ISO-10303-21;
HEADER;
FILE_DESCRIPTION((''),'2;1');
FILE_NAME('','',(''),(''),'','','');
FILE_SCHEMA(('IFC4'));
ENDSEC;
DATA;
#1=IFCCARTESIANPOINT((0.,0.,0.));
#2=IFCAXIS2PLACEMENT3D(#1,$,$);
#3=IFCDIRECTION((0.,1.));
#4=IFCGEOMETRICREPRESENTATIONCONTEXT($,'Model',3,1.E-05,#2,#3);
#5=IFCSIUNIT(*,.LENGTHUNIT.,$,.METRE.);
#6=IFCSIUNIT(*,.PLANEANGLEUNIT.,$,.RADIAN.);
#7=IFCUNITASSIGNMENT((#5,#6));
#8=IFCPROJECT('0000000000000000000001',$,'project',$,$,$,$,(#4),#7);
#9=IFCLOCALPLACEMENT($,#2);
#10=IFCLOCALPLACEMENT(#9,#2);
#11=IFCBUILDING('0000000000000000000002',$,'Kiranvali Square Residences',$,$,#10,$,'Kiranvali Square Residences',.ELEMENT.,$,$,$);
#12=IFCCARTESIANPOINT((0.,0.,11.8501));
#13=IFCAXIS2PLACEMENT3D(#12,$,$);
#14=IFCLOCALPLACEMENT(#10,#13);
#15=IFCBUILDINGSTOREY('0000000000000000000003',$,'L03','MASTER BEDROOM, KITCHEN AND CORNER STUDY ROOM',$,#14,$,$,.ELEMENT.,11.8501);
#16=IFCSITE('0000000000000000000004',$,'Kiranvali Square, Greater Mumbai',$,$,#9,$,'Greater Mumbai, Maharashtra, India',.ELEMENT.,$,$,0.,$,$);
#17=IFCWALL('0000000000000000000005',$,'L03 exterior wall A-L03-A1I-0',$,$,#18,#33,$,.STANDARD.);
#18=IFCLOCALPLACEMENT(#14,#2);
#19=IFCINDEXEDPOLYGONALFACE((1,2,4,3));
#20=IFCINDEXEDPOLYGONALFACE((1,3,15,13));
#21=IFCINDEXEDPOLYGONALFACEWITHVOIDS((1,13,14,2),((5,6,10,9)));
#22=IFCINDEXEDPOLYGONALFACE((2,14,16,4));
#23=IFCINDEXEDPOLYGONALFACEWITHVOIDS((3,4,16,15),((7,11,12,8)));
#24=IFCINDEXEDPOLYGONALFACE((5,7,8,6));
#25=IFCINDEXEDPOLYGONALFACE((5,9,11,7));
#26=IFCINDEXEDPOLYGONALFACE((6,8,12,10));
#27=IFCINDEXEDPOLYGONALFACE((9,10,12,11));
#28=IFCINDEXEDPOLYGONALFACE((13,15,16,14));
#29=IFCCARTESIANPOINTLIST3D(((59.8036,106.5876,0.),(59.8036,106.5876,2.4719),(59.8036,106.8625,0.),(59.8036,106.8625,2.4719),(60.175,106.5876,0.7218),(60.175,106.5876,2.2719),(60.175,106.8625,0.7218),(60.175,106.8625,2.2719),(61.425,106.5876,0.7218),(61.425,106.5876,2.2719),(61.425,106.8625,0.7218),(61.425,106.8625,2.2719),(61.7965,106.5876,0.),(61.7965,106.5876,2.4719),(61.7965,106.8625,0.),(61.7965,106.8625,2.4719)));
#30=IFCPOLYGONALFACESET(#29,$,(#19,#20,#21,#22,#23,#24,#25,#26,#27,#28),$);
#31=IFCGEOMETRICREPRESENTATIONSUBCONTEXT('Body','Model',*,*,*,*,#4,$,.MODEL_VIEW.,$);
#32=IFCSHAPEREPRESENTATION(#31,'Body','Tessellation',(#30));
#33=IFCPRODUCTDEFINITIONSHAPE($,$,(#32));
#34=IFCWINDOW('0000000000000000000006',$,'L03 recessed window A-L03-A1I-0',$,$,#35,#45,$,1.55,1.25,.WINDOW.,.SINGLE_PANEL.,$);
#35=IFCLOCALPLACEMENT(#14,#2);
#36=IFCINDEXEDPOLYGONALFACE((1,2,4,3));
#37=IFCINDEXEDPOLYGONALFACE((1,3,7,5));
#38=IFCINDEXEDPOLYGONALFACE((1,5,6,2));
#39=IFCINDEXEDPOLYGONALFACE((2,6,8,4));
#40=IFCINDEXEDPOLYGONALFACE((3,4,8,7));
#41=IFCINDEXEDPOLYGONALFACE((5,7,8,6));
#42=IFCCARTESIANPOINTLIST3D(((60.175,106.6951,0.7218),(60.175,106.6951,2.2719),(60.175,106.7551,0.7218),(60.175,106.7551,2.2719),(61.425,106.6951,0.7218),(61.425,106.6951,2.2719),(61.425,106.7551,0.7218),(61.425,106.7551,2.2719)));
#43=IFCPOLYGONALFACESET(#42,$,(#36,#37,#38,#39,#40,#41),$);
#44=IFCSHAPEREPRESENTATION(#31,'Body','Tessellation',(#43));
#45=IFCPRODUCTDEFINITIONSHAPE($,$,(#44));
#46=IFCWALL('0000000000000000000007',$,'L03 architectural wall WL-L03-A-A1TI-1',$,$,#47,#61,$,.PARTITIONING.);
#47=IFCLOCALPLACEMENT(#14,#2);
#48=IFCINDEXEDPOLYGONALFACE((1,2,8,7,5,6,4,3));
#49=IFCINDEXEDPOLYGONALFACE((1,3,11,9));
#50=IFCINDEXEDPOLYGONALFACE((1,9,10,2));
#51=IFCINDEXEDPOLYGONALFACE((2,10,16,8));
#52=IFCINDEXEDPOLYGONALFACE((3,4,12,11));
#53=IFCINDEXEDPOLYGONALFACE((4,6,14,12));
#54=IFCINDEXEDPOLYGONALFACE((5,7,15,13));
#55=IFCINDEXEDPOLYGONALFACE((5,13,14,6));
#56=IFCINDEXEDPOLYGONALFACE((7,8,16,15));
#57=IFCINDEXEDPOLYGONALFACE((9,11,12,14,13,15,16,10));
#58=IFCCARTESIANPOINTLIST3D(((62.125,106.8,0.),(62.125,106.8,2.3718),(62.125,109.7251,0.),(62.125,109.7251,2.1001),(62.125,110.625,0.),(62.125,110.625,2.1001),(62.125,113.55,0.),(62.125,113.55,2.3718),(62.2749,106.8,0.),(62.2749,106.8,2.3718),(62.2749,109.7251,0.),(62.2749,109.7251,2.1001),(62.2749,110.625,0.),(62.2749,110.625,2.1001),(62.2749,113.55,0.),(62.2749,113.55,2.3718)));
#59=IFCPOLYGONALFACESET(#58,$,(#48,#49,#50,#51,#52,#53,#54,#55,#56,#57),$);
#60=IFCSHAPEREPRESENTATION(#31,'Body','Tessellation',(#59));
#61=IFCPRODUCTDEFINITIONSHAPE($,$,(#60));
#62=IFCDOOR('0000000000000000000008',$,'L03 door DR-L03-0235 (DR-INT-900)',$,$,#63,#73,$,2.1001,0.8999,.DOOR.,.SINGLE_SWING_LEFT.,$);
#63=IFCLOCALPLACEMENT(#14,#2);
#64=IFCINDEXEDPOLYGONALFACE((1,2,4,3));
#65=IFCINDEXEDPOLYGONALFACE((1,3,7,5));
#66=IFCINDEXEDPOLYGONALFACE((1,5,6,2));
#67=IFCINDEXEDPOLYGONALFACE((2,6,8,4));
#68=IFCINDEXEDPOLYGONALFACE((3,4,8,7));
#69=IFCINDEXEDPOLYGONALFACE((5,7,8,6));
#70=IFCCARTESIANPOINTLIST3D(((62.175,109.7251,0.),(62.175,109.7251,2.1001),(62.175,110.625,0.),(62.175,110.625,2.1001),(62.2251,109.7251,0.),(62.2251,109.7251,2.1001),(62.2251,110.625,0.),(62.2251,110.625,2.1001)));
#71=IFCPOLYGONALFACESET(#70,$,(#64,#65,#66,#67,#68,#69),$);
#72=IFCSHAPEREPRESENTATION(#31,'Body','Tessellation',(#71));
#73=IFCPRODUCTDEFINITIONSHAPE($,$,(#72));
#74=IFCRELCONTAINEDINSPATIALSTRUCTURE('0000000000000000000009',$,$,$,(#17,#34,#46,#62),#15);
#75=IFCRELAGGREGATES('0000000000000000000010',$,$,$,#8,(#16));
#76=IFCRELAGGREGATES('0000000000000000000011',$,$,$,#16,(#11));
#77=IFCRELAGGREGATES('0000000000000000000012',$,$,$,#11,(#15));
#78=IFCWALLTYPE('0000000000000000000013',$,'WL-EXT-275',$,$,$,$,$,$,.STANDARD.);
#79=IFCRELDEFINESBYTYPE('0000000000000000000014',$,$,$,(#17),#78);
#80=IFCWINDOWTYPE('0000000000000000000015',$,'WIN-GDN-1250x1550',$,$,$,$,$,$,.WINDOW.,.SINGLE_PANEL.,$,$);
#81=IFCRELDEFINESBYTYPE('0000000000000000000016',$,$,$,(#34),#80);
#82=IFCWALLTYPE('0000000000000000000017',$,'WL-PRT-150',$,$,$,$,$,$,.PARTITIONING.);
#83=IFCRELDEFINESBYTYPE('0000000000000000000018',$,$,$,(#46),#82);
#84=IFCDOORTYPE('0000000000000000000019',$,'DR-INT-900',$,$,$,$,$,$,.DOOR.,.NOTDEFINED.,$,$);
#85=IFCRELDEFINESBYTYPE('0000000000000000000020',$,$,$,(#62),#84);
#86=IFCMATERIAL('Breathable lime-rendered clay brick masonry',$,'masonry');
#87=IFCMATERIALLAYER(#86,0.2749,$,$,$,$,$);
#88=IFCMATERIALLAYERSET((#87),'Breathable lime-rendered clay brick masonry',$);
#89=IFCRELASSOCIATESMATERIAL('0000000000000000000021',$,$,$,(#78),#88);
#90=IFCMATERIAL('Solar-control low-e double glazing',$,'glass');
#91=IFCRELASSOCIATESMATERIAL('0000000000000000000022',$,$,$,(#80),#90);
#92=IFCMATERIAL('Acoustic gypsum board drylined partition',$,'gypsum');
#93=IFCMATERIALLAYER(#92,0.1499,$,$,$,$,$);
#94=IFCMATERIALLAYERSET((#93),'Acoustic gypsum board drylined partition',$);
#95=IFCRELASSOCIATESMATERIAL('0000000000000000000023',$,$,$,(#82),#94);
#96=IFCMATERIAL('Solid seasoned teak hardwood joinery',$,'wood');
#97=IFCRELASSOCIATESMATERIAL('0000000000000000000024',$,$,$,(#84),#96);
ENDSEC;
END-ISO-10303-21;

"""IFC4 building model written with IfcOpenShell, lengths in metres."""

from ifc_helpers import new_model, si_unit, direction, frame, frame_2d, origin, place, context, subcontext, project, spatial, rectangle, extrude, material, layer, layer_set, type_object, element, fill, save


model = new_model("IFC4")

# Units and contexts
model_context = context("Model", 3, precision=1e-05, world=origin(), true_north=direction((0.0, 1.0)))
body_context = subcontext(model_context, "Body", "Model", "MODEL_VIEW")
ifc_project = project(units=[si_unit("LENGTHUNIT", "METRE"), si_unit("PLANEANGLEUNIT", "RADIAN")], contexts=[model_context])

# Site, building, storey
site_placement = place(None, origin())
site = spatial("IfcSite", under=ifc_project, at=site_placement, Name="Kiranvali Square, Greater Mumbai", LongName="Greater Mumbai, Maharashtra, India", CompositionType="ELEMENT", RefElevation=0.0)
building_placement = place(site_placement, origin())
building = spatial("IfcBuilding", under=site, at=building_placement, Name="Kiranvali Square Residences", LongName="Kiranvali Square Residences", CompositionType="ELEMENT")
storey_placement = place(building_placement, frame((0.0, 0.0, 11.8501)))
storey = spatial("IfcBuildingStorey", under=building, at=storey_placement, Name="L03", Description="MASTER BEDROOM, KITCHEN AND CORNER STUDY ROOM", CompositionType="ELEMENT", Elevation=11.8501)

# Wall, opening, window
ifc_material_1 = material(Name="Breathable lime-rendered clay brick masonry", Category="masonry")
ifc_layer_1 = layer(ifc_material_1, 0.2749)
ifc_layer_set_1 = layer_set([ifc_layer_1], Name="Breathable lime-rendered clay brick masonry")
wall_type_1 = type_object("IfcWallType", Name="WL-EXT-275", PredefinedType="STANDARD", material=ifc_layer_set_1)
wall_1_placement = place(storey_placement, frame((59.8035, 106.7251, 0.0), z_axis=(0.0, 0.0, 1.0), x_axis=(1.0, 0.0, 0.0)))
wall_1 = element("IfcWall", 1, at=wall_1_placement, inside=storey, type_object=wall_type_1, Name="L03 exterior wall A-L03-A1I-0", PredefinedType="STANDARD", context=body_context, shape_type="SweptSolid", body=[
    extrude(rectangle(XDim=1.9929, YDim=0.2749, at=frame_2d((0.9966, 0.0))), origin(), (0.0, 0.0, 1.0), 2.4719),
])
opening_1_placement = place(wall_1_placement, frame((0.3716, 0.0, 0.7219)))
opening_1 = element("IfcOpeningElement", 2, at=opening_1_placement, cuts=wall_1, PredefinedType="OPENING", context=body_context, shape_type="SweptSolid", body=[
    extrude(rectangle(XDim=1.25, YDim=1.55, at=frame_2d((0.625, 0.7749))), frame((0.0, 0.1475, 0.0), z_axis=(0.0, -1.0, 0.0), x_axis=(1.0, 0.0, 0.0)), (0.0, 0.0, 1.0), 0.2949),
])
ifc_material_2 = material(Name="Solar-control low-e double glazing", Category="glass")
window_type = type_object("IfcWindowType", Name="WIN-GDN-1250x1550", PartitioningType="SINGLE_PANEL", PredefinedType="WINDOW", material=ifc_material_2)
window_placement = place(opening_1_placement, origin())
window = element("IfcWindow", 3, at=window_placement, inside=storey, type_object=window_type, Name="L03 recessed window A-L03-A1I-0", OverallHeight=1.55, OverallWidth=1.25, PartitioningType="SINGLE_PANEL", PredefinedType="WINDOW", context=body_context, shape_type="SweptSolid", body=[
    extrude(rectangle(XDim=1.25, YDim=1.55, at=frame_2d((0.625, 0.7749))), frame((0.0, 0.03, 0.0), z_axis=(0.0, -1.0, 0.0), x_axis=(1.0, 0.0, 0.0)), (0.0, 0.0, 1.0), 0.0601),
])
fill(opening_1, window)

# Wall, opening, door
ifc_material_3 = material(Name="Acoustic gypsum board drylined partition", Category="gypsum")
ifc_layer_2 = layer(ifc_material_3, 0.1499)
ifc_layer_set_2 = layer_set([ifc_layer_2], Name="Acoustic gypsum board drylined partition")
wall_type_2 = type_object("IfcWallType", Name="WL-PRT-150", PredefinedType="PARTITIONING", material=ifc_layer_set_2)
wall_2_placement = place(storey_placement, frame((62.2, 106.8, 0.0), z_axis=(0.0, 0.0, 1.0), x_axis=(0.0, 1.0, 0.0)))
wall_2 = element("IfcWall", 4, at=wall_2_placement, inside=storey, type_object=wall_type_2, Name="L03 architectural wall WL-L03-A-A1TI-1", PredefinedType="PARTITIONING", context=body_context, shape_type="SweptSolid", body=[
    extrude(rectangle(XDim=6.75, YDim=0.1499, at=frame_2d((3.375, 0.0))), origin(), (0.0, 0.0, 1.0), 2.3718),
])
opening_2_placement = place(wall_2_placement, frame((2.925, 0.0, 0.0)))
opening_2 = element("IfcOpeningElement", 5, at=opening_2_placement, cuts=wall_2, PredefinedType="OPENING", context=body_context, shape_type="SweptSolid", body=[
    extrude(rectangle(XDim=0.8999, YDim=2.1001, at=frame_2d((0.45, 1.05))), frame((0.0, 0.085, 0.0), z_axis=(0.0, -1.0, 0.0), x_axis=(1.0, 0.0, 0.0)), (0.0, 0.0, 1.0), 0.1699),
])
ifc_material_4 = material(Name="Solid seasoned teak hardwood joinery", Category="wood")
door_type_1 = type_object("IfcDoorType", Name="DR-INT-900", OperationType="NOTDEFINED", PredefinedType="DOOR", material=ifc_material_4)
door_1_placement = place(opening_2_placement, origin())
door_1 = element("IfcDoor", 6, at=door_1_placement, inside=storey, type_object=door_type_1, Name="L03 door DR-L03-0235 (DR-INT-900)", OperationType="SINGLE_SWING_LEFT", OverallHeight=2.1001, OverallWidth=0.8999, PredefinedType="DOOR", context=body_context, shape_type="SweptSolid", body=[
    extrude(rectangle(XDim=0.8999, YDim=2.1001, at=frame_2d((0.45, 1.05))), frame((0.0, 0.0249, 0.0), z_axis=(0.0, -1.0, 0.0), x_axis=(1.0, 0.0, 0.0)), (0.0, 0.0, 1.0), 0.05),
])
fill(opening_2, door_1)

save(model, "model.ifc")
